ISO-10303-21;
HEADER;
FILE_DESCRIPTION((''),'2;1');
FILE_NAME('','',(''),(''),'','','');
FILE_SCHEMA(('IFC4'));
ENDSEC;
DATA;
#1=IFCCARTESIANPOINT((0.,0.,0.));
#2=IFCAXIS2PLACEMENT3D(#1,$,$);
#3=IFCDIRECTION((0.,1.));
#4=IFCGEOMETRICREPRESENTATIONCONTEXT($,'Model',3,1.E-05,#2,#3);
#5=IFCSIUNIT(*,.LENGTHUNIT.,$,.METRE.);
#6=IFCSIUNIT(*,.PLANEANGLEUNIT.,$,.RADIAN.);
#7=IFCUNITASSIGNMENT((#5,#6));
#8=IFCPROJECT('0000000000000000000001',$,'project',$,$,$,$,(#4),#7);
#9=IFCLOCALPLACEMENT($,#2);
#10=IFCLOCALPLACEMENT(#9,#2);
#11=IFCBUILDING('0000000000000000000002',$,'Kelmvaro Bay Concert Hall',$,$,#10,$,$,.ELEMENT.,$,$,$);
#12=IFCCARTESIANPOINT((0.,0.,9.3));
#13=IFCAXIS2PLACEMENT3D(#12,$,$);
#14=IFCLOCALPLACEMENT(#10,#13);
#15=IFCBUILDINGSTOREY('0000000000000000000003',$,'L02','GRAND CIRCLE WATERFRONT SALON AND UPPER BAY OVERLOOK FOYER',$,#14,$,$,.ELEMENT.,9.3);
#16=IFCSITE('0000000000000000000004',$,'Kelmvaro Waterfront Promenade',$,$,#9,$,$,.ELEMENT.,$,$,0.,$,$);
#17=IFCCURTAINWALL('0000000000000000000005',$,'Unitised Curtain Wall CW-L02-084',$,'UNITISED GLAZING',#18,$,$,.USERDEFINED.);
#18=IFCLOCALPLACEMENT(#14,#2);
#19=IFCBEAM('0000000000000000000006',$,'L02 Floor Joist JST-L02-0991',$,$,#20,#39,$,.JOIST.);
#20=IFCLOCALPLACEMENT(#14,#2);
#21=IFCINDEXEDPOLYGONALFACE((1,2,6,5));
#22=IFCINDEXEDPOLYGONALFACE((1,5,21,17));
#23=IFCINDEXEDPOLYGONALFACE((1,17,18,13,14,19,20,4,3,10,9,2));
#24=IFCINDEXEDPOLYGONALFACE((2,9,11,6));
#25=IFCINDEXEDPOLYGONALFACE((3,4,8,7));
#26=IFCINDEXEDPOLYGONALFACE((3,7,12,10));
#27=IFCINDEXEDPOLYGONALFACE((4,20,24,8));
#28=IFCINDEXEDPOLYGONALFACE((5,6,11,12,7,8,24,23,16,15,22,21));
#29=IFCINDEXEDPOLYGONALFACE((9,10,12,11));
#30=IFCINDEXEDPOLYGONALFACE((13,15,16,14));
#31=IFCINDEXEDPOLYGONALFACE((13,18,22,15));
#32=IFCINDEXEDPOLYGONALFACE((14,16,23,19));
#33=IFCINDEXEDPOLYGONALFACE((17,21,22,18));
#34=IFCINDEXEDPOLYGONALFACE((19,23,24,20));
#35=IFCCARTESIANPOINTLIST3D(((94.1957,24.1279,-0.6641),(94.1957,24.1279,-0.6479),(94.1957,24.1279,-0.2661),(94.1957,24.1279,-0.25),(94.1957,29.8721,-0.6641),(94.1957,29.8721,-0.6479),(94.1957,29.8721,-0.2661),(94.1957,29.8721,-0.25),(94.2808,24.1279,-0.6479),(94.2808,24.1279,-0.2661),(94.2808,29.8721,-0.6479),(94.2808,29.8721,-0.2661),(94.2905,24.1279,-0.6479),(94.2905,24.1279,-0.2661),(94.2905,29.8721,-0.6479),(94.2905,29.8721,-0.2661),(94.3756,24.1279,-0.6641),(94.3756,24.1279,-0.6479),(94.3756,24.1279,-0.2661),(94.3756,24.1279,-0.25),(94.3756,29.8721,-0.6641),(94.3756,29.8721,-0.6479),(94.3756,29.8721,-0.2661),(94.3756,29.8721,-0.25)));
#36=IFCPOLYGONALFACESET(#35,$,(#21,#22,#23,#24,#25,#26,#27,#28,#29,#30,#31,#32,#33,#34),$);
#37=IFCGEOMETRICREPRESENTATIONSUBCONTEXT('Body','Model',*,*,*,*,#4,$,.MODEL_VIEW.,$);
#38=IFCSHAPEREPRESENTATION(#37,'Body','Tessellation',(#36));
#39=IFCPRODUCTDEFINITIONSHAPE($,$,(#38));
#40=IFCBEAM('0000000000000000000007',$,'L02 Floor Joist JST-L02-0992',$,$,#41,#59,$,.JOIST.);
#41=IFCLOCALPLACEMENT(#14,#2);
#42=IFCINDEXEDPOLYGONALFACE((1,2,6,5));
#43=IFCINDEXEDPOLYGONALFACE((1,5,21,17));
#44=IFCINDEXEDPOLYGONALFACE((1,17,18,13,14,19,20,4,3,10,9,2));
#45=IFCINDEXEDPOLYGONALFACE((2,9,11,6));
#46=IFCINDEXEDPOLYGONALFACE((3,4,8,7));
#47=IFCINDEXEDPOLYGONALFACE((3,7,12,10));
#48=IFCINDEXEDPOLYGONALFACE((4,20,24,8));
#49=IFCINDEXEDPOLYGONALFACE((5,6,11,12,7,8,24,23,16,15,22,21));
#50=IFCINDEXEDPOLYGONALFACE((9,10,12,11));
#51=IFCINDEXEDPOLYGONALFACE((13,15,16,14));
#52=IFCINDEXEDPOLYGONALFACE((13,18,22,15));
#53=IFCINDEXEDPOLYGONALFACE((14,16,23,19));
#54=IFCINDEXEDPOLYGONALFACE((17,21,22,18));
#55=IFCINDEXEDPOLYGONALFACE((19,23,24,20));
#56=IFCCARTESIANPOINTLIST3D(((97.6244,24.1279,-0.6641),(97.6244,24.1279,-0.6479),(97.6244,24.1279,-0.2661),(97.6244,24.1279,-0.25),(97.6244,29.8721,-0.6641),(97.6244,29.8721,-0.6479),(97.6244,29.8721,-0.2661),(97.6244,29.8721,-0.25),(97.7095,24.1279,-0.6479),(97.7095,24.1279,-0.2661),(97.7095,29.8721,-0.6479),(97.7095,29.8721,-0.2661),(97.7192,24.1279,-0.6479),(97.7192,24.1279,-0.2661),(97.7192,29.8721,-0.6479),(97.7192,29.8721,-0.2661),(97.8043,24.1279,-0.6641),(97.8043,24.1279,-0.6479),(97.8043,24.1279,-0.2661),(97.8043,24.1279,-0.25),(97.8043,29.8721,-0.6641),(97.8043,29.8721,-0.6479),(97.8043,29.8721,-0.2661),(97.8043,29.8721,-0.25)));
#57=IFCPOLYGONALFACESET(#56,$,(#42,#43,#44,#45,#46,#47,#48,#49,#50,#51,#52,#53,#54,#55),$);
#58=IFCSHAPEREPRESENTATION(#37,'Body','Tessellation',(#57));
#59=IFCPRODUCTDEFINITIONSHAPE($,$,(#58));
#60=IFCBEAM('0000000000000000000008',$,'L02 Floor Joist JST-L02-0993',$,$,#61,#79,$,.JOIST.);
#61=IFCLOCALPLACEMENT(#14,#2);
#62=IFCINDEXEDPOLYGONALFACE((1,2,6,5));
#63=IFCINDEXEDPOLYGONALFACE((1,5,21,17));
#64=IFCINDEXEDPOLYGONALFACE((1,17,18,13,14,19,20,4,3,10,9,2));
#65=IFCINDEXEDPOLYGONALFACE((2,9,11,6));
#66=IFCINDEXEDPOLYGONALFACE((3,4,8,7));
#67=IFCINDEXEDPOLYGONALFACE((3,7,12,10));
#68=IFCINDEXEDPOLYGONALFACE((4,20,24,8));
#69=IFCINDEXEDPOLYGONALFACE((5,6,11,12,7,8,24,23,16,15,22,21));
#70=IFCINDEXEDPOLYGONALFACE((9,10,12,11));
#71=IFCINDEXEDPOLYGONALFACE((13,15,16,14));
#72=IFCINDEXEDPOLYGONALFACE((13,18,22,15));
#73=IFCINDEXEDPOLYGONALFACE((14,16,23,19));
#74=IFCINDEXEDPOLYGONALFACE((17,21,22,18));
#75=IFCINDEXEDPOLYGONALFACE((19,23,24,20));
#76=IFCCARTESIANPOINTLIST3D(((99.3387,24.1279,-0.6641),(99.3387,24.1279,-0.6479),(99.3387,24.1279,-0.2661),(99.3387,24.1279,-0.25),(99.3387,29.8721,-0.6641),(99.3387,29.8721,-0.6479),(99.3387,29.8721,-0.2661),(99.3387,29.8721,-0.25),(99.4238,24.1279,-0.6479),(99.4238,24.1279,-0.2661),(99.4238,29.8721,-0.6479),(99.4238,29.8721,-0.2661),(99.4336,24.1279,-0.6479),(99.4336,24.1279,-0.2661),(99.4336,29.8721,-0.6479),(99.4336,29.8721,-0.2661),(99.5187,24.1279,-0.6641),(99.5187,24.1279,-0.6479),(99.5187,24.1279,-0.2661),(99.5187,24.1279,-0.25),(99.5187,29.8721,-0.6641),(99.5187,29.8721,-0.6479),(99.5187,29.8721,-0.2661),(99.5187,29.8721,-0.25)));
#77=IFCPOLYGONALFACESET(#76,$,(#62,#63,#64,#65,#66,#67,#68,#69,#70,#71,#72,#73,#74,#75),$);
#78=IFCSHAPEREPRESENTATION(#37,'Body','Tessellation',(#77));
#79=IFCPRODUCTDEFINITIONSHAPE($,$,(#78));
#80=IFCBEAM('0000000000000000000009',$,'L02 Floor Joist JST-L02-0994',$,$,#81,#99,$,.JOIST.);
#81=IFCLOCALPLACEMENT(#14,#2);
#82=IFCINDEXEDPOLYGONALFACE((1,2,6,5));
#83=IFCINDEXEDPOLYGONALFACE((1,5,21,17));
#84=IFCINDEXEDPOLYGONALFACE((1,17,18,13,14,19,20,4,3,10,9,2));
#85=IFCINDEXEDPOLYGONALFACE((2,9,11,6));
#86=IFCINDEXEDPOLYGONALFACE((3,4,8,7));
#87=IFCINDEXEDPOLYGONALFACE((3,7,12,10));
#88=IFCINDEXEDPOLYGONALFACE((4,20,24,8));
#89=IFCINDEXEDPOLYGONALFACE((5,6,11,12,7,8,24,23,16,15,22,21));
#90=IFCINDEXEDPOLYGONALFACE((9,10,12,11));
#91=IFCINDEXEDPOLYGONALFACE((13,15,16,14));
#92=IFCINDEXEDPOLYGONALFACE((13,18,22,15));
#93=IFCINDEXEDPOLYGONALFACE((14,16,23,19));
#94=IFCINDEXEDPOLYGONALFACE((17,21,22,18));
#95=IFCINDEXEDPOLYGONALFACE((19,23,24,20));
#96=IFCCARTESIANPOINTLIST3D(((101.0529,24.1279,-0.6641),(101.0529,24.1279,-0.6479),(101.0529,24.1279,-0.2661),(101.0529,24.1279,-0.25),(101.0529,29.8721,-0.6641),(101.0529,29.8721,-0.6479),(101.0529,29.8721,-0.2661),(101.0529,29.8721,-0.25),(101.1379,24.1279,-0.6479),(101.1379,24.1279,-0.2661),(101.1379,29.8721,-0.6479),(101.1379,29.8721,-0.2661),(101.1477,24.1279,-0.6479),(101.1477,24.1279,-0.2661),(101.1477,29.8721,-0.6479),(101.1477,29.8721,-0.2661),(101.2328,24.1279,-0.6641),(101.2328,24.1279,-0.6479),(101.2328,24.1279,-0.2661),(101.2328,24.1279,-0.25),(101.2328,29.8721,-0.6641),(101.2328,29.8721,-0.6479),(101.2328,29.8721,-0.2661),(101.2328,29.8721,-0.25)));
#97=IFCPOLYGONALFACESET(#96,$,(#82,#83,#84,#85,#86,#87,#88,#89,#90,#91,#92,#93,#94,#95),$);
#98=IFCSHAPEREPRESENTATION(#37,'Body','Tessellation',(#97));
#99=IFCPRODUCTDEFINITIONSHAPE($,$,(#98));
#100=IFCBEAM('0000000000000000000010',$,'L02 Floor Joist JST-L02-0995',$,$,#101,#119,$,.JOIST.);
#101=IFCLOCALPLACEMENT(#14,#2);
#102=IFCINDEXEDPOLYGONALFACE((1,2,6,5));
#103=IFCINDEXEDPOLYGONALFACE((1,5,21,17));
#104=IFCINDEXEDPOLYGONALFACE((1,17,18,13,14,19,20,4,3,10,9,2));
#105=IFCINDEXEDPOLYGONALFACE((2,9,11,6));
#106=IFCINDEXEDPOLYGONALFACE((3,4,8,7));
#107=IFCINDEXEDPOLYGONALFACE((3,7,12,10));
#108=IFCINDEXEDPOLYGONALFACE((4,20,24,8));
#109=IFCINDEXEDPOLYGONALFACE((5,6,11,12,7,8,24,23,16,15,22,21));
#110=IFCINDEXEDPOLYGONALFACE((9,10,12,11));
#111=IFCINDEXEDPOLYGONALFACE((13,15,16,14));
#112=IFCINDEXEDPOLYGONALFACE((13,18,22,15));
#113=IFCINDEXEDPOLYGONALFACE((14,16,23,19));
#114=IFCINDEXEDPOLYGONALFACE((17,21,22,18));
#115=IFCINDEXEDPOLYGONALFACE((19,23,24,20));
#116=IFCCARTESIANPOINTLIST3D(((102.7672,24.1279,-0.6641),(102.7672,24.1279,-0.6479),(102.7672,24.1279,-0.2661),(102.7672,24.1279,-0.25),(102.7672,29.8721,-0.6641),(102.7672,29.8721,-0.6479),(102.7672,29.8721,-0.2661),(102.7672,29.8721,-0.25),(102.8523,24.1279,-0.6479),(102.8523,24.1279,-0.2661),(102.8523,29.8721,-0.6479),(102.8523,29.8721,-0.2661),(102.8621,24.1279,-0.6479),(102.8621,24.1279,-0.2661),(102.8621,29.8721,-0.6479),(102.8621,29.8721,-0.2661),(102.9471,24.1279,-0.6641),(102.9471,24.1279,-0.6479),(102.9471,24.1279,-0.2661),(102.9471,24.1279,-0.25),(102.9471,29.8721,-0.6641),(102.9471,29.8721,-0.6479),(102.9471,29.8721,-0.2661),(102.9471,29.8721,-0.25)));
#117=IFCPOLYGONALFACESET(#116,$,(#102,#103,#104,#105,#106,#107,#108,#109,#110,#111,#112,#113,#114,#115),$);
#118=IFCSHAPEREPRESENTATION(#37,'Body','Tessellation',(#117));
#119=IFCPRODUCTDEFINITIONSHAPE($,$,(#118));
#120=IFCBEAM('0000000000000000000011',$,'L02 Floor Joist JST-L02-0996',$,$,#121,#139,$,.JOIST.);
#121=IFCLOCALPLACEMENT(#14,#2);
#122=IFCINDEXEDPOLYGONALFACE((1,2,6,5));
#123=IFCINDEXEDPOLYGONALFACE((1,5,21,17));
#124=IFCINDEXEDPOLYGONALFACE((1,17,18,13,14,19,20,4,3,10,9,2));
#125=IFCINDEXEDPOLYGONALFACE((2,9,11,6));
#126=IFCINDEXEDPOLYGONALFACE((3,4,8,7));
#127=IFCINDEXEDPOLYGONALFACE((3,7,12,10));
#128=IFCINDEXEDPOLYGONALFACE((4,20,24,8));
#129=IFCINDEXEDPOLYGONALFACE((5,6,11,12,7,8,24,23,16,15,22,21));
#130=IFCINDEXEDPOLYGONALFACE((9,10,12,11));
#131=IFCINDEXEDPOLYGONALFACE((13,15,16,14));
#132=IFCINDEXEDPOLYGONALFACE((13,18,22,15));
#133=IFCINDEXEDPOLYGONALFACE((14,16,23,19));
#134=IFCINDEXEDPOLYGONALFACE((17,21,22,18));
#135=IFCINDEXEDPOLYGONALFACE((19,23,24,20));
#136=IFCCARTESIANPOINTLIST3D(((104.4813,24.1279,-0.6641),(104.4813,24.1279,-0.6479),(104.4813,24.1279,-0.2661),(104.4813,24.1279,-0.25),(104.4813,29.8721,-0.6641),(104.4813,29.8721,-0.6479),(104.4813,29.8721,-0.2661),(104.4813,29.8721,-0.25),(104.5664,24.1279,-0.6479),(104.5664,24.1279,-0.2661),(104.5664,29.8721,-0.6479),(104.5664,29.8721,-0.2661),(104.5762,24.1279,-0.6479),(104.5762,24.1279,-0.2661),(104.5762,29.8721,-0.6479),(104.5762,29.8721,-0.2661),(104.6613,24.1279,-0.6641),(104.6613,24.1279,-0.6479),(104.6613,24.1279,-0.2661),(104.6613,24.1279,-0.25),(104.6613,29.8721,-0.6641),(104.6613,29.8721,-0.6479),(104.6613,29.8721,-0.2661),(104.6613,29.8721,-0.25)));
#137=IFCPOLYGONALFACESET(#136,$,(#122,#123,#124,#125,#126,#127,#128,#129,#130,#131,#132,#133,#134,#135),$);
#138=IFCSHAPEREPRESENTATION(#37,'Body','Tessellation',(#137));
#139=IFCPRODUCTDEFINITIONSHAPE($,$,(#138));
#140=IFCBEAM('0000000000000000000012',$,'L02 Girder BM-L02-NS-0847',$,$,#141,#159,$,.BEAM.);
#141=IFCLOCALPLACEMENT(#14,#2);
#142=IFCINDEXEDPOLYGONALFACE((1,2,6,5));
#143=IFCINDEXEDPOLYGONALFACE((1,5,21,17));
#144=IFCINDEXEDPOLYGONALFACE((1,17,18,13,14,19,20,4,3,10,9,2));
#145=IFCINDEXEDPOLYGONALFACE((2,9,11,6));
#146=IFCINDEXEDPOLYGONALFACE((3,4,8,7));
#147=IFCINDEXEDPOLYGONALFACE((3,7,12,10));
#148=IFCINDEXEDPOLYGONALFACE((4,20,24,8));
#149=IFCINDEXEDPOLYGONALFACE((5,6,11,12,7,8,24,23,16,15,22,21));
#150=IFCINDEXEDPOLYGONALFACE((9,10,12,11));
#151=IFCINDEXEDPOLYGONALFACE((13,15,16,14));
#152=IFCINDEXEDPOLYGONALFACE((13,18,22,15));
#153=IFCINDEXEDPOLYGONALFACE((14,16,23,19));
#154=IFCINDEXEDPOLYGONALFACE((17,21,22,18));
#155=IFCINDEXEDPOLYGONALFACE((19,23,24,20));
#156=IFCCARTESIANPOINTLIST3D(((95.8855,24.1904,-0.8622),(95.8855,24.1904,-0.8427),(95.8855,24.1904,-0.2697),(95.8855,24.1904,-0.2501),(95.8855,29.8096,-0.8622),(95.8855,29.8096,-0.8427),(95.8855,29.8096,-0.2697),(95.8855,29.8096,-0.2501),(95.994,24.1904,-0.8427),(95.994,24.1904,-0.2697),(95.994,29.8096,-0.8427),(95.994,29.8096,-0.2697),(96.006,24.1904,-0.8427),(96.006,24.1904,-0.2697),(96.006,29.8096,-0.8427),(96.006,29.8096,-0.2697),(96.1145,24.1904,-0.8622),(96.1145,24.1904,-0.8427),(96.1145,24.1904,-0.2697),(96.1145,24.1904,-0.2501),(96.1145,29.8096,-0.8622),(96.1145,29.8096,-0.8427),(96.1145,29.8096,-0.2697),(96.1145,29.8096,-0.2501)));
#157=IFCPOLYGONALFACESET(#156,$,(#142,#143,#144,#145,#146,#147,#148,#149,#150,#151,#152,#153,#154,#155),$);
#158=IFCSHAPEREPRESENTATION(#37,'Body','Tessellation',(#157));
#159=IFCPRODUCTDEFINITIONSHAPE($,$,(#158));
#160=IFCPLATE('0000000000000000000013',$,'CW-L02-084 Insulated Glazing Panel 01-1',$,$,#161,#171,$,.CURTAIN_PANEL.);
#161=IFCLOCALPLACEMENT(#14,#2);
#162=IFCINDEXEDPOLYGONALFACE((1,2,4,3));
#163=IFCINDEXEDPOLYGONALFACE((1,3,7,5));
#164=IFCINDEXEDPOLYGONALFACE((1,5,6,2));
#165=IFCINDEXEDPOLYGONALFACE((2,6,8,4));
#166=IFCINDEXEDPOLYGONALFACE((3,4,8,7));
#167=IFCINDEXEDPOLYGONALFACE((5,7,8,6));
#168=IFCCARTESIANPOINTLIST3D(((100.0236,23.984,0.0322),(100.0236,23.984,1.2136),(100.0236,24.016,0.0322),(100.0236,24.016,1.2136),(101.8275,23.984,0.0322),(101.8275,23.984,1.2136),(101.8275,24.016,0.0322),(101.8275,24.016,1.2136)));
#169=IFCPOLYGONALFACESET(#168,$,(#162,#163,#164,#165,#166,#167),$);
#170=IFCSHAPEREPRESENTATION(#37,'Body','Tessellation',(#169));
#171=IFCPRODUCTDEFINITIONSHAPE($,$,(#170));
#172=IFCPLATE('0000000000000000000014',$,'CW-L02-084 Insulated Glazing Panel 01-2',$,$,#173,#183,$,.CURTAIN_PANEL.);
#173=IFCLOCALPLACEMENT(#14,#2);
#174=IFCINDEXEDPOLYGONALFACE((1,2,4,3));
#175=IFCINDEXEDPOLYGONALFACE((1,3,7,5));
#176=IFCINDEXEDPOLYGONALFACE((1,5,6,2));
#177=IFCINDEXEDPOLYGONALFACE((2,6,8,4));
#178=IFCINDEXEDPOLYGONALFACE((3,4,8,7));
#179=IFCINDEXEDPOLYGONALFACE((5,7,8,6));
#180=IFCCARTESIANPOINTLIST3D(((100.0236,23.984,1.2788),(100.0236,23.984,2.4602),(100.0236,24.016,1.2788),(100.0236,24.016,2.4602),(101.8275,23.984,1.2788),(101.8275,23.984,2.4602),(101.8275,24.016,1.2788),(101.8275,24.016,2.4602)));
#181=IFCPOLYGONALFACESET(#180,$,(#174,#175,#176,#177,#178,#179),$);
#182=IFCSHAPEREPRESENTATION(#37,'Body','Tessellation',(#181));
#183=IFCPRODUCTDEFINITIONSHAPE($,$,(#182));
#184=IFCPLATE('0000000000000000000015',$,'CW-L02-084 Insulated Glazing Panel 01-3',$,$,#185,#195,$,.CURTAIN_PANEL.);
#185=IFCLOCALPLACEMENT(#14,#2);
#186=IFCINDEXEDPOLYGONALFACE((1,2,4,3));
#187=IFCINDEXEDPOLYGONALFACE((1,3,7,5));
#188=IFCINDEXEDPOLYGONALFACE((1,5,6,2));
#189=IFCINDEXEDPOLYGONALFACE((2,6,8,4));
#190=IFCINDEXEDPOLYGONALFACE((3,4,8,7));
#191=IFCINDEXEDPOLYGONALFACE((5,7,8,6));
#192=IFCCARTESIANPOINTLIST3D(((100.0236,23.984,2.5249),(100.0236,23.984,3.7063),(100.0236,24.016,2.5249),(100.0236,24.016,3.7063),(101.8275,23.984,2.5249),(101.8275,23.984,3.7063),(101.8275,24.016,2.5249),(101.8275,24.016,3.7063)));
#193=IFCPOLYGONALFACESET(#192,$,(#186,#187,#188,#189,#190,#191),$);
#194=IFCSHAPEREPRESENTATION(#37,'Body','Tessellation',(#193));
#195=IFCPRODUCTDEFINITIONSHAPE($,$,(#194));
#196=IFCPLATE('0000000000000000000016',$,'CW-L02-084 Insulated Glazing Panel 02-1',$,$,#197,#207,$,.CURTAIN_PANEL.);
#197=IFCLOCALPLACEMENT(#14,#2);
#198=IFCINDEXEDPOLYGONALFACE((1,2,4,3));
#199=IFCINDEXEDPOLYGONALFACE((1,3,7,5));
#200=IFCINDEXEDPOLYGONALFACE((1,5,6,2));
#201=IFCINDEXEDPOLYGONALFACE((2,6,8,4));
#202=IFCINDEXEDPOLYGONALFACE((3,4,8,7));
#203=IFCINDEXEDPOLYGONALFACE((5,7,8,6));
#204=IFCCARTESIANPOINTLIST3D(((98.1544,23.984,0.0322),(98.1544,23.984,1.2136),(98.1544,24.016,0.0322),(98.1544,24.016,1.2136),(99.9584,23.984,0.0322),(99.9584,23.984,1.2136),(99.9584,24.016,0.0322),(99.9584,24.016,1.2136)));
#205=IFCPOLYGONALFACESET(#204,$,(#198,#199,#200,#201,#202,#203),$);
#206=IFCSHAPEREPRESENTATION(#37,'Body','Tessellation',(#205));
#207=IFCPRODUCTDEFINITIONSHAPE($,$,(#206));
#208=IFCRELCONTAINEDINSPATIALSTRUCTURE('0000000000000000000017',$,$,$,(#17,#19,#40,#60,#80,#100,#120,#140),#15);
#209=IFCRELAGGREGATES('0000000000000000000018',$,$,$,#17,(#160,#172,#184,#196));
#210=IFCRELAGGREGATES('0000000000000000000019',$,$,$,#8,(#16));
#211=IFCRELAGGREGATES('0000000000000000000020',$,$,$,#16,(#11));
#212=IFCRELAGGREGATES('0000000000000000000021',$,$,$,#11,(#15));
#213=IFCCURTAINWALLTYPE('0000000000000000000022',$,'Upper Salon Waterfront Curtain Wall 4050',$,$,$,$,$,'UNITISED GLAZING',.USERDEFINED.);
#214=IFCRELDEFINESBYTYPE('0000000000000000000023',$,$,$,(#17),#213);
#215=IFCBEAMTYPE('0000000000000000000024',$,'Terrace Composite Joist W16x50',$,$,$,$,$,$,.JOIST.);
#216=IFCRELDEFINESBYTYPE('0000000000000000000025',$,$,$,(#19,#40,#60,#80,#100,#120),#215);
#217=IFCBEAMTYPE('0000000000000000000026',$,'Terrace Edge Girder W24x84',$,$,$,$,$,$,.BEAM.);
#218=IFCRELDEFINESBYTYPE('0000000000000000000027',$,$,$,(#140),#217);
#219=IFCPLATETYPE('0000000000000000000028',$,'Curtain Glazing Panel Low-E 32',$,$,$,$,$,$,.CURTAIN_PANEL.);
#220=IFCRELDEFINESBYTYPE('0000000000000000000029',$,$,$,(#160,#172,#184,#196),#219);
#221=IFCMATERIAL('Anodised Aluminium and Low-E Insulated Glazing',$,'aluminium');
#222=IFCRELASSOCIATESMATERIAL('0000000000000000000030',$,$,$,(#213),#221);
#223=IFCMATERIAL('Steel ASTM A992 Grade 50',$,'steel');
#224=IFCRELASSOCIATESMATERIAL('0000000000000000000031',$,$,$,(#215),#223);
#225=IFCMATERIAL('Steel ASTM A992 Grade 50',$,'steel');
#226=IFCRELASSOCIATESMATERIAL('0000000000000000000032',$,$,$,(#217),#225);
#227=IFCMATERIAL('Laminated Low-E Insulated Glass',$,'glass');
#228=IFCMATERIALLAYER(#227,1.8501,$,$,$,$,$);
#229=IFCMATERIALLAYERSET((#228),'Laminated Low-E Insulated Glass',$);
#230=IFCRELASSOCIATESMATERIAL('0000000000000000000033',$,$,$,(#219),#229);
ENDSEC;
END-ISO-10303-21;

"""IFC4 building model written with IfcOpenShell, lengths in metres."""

from ifc_helpers import new_model, si_unit, direction, frame, origin, origin_2d, place, context, subcontext, project, spatial, rectangle, i_section, extrude, material, layer, layer_set, material_profile, profile_set, type_object, element, aggregate, save


model = new_model("IFC4")

# Units and contexts
model_context = context("Model", 3, precision=1e-05, world=origin(), true_north=direction((0.0, 1.0)))
body_context = subcontext(model_context, "Body", "Model", "MODEL_VIEW")
ifc_project = project(units=[si_unit("LENGTHUNIT", "METRE"), si_unit("PLANEANGLEUNIT", "RADIAN")], contexts=[model_context])

# Site, building, storey
site_placement = place(None, origin())
site = spatial("IfcSite", under=ifc_project, at=site_placement, Name="Kelmvaro Waterfront Promenade", CompositionType="ELEMENT", RefElevation=0.0)
building_placement = place(site_placement, origin())
building = spatial("IfcBuilding", under=site, at=building_placement, Name="Kelmvaro Bay Concert Hall", CompositionType="ELEMENT")
storey_placement = place(building_placement, frame((0.0, 0.0, 9.3)))
storey = spatial("IfcBuildingStorey", under=building, at=storey_placement, Name="L02", Description="GRAND CIRCLE WATERFRONT SALON AND UPPER BAY OVERLOOK FOYER", CompositionType="ELEMENT", Elevation=9.3)

# Curtain wall
ifc_material_1 = material(Name="Anodised Aluminium and Low-E Insulated Glazing", Category="aluminium")
curtain_wall_type = type_object("IfcCurtainWallType", Name="Upper Salon Waterfront Curtain Wall 4050", ElementType="UNITISED GLAZING", PredefinedType="USERDEFINED", material=ifc_material_1)
curtain_wall_1_placement = place(storey_placement, origin())
curtain_wall_1 = element("IfcCurtainWall", 1, at=curtain_wall_1_placement, inside=storey, type_object=curtain_wall_type, Name="Unitised Curtain Wall CW-L02-084", ObjectType="UNITISED GLAZING", PredefinedType="USERDEFINED")

# Beams
ifc_material_2 = material(Name="Steel ASTM A992 Grade 50", Category="steel")
ifc_material_profile_1 = material_profile(ifc_material_2, i_section(OverallWidth=0.1799, OverallDepth=0.4141, WebThickness=0.0098, FlangeThickness=0.0161, at=origin_2d()), Name="W16X50")
ifc_profile_set_1 = profile_set([ifc_material_profile_1], Name="Steel ASTM A992 Grade 50")
beam_type_1 = type_object("IfcBeamType", Name="Terrace Composite Joist W16x50", PredefinedType="JOIST", material=ifc_profile_set_1)
for number, where, z_axis, x_axis, name in (
    (2, (94.2856, 24.1279, -0.457), (0.0, 1.0, 0.0), (-1.0, 0.0, 0.0), "L02 Floor Joist JST-L02-0991"),
    (3, (97.7144, 24.1279, -0.457), (0.0, 1.0, 0.0), (-1.0, 0.0, 0.0), "L02 Floor Joist JST-L02-0992"),
    (4, (99.4287, 24.1279, -0.457), (0.0, 1.0, 0.0), (-1.0, 0.0, 0.0), "L02 Floor Joist JST-L02-0993"),
    (5, (101.1428, 24.1279, -0.457), (0.0, 1.0, 0.0), (-1.0, 0.0, 0.0), "L02 Floor Joist JST-L02-0994"),
    (6, (102.8572, 24.1279, -0.457), (0.0, 1.0, 0.0), (-1.0, 0.0, 0.0), "L02 Floor Joist JST-L02-0995"),
    (7, (104.5713, 24.1279, -0.457), (0.0, 1.0, 0.0), (-1.0, 0.0, 0.0), "L02 Floor Joist JST-L02-0996"),
):
    element("IfcBeam", number, at=place(storey_placement, frame(where, z_axis=z_axis, x_axis=x_axis)), inside=storey, type_object=beam_type_1, Name=name, PredefinedType="JOIST", context=body_context, shape_type="SweptSolid", body=[
        extrude(i_section(OverallWidth=0.1799, OverallDepth=0.4141, WebThickness=0.0098, FlangeThickness=0.0161, at=origin_2d()), origin(), (0.0, 0.0, 1.0), 5.7441),
    ])
ifc_material_3 = material(Name="Steel ASTM A992 Grade 50", Category="steel")
ifc_material_profile_2 = material_profile(ifc_material_3, i_section(OverallWidth=0.229, OverallDepth=0.6121, WebThickness=0.012, FlangeThickness=0.0195, at=origin_2d()), Name="W24X84")
ifc_profile_set_2 = profile_set([ifc_material_profile_2], Name="Steel ASTM A992 Grade 50")
beam_type_2 = type_object("IfcBeamType", Name="Terrace Edge Girder W24x84", PredefinedType="BEAM", material=ifc_profile_set_2)
beam_placement = place(storey_placement, frame((96.0, 24.1904, -0.5562), z_axis=(0.0, 1.0, 0.0), x_axis=(-1.0, 0.0, 0.0)))
element("IfcBeam", 8, at=beam_placement, inside=storey, type_object=beam_type_2, Name="L02 Girder BM-L02-NS-0847", PredefinedType="BEAM", context=body_context, shape_type="SweptSolid", body=[
    extrude(i_section(OverallWidth=0.229, OverallDepth=0.6121, WebThickness=0.012, FlangeThickness=0.0195, at=origin_2d()), origin(), (0.0, 0.0, 1.0), 5.6191),
])

# Plates
ifc_material_4 = material(Name="Laminated Low-E Insulated Glass", Category="glass")
ifc_layer = layer(ifc_material_4, 1.8501)
ifc_layer_set = layer_set([ifc_layer], Name="Laminated Low-E Insulated Glass")
plate_type = type_object("IfcPlateType", Name="Curtain Glazing Panel Low-E 32", PredefinedType="CURTAIN_PANEL", material=ifc_layer_set)
plate_1_placement = place(storey_placement, frame((100.9255, 24.0, 0.0322), z_axis=(0.0, 0.0, 1.0), x_axis=(-1.0, 0.0, 0.0)))
plate_1 = element("IfcPlate", 9, at=plate_1_placement, type_object=plate_type, Name="CW-L02-084 Insulated Glazing Panel 01-1", PredefinedType="CURTAIN_PANEL", context=body_context, shape_type="SweptSolid", body=[
    extrude(rectangle(XDim=1.804, YDim=0.032, at=origin_2d()), origin(), (0.0, 0.0, 1.0), 1.1814),
])
plate_2_placement = place(storey_placement, frame((100.9255, 24.0, 1.2788), z_axis=(0.0, 0.0, 1.0), x_axis=(-1.0, 0.0, 0.0)))
plate_2 = element("IfcPlate", 10, at=plate_2_placement, type_object=plate_type, Name="CW-L02-084 Insulated Glazing Panel 01-2", PredefinedType="CURTAIN_PANEL", context=body_context, shape_type="SweptSolid", body=[
    extrude(rectangle(XDim=1.804, YDim=0.032, at=origin_2d()), origin(), (0.0, 0.0, 1.0), 1.1814),
])
plate_3_placement = place(storey_placement, frame((100.9255, 24.0, 2.5249), z_axis=(0.0, 0.0, 1.0), x_axis=(-1.0, 0.0, 0.0)))
plate_3 = element("IfcPlate", 11, at=plate_3_placement, type_object=plate_type, Name="CW-L02-084 Insulated Glazing Panel 01-3", PredefinedType="CURTAIN_PANEL", context=body_context, shape_type="SweptSolid", body=[
    extrude(rectangle(XDim=1.804, YDim=0.032, at=origin_2d()), origin(), (0.0, 0.0, 1.0), 1.1814),
])
plate_4_placement = place(storey_placement, frame((99.0564, 24.0, 0.0322), z_axis=(0.0, 0.0, 1.0), x_axis=(-1.0, 0.0, 0.0)))
plate_4 = element("IfcPlate", 12, at=plate_4_placement, type_object=plate_type, Name="CW-L02-084 Insulated Glazing Panel 02-1", PredefinedType="CURTAIN_PANEL", context=body_context, shape_type="SweptSolid", body=[
    extrude(rectangle(XDim=1.804, YDim=0.032, at=origin_2d()), origin(), (0.0, 0.0, 1.0), 1.1814),
])
aggregate(curtain_wall_1, [plate_1, plate_2, plate_3, plate_4])

save(model, "model.ifc")
